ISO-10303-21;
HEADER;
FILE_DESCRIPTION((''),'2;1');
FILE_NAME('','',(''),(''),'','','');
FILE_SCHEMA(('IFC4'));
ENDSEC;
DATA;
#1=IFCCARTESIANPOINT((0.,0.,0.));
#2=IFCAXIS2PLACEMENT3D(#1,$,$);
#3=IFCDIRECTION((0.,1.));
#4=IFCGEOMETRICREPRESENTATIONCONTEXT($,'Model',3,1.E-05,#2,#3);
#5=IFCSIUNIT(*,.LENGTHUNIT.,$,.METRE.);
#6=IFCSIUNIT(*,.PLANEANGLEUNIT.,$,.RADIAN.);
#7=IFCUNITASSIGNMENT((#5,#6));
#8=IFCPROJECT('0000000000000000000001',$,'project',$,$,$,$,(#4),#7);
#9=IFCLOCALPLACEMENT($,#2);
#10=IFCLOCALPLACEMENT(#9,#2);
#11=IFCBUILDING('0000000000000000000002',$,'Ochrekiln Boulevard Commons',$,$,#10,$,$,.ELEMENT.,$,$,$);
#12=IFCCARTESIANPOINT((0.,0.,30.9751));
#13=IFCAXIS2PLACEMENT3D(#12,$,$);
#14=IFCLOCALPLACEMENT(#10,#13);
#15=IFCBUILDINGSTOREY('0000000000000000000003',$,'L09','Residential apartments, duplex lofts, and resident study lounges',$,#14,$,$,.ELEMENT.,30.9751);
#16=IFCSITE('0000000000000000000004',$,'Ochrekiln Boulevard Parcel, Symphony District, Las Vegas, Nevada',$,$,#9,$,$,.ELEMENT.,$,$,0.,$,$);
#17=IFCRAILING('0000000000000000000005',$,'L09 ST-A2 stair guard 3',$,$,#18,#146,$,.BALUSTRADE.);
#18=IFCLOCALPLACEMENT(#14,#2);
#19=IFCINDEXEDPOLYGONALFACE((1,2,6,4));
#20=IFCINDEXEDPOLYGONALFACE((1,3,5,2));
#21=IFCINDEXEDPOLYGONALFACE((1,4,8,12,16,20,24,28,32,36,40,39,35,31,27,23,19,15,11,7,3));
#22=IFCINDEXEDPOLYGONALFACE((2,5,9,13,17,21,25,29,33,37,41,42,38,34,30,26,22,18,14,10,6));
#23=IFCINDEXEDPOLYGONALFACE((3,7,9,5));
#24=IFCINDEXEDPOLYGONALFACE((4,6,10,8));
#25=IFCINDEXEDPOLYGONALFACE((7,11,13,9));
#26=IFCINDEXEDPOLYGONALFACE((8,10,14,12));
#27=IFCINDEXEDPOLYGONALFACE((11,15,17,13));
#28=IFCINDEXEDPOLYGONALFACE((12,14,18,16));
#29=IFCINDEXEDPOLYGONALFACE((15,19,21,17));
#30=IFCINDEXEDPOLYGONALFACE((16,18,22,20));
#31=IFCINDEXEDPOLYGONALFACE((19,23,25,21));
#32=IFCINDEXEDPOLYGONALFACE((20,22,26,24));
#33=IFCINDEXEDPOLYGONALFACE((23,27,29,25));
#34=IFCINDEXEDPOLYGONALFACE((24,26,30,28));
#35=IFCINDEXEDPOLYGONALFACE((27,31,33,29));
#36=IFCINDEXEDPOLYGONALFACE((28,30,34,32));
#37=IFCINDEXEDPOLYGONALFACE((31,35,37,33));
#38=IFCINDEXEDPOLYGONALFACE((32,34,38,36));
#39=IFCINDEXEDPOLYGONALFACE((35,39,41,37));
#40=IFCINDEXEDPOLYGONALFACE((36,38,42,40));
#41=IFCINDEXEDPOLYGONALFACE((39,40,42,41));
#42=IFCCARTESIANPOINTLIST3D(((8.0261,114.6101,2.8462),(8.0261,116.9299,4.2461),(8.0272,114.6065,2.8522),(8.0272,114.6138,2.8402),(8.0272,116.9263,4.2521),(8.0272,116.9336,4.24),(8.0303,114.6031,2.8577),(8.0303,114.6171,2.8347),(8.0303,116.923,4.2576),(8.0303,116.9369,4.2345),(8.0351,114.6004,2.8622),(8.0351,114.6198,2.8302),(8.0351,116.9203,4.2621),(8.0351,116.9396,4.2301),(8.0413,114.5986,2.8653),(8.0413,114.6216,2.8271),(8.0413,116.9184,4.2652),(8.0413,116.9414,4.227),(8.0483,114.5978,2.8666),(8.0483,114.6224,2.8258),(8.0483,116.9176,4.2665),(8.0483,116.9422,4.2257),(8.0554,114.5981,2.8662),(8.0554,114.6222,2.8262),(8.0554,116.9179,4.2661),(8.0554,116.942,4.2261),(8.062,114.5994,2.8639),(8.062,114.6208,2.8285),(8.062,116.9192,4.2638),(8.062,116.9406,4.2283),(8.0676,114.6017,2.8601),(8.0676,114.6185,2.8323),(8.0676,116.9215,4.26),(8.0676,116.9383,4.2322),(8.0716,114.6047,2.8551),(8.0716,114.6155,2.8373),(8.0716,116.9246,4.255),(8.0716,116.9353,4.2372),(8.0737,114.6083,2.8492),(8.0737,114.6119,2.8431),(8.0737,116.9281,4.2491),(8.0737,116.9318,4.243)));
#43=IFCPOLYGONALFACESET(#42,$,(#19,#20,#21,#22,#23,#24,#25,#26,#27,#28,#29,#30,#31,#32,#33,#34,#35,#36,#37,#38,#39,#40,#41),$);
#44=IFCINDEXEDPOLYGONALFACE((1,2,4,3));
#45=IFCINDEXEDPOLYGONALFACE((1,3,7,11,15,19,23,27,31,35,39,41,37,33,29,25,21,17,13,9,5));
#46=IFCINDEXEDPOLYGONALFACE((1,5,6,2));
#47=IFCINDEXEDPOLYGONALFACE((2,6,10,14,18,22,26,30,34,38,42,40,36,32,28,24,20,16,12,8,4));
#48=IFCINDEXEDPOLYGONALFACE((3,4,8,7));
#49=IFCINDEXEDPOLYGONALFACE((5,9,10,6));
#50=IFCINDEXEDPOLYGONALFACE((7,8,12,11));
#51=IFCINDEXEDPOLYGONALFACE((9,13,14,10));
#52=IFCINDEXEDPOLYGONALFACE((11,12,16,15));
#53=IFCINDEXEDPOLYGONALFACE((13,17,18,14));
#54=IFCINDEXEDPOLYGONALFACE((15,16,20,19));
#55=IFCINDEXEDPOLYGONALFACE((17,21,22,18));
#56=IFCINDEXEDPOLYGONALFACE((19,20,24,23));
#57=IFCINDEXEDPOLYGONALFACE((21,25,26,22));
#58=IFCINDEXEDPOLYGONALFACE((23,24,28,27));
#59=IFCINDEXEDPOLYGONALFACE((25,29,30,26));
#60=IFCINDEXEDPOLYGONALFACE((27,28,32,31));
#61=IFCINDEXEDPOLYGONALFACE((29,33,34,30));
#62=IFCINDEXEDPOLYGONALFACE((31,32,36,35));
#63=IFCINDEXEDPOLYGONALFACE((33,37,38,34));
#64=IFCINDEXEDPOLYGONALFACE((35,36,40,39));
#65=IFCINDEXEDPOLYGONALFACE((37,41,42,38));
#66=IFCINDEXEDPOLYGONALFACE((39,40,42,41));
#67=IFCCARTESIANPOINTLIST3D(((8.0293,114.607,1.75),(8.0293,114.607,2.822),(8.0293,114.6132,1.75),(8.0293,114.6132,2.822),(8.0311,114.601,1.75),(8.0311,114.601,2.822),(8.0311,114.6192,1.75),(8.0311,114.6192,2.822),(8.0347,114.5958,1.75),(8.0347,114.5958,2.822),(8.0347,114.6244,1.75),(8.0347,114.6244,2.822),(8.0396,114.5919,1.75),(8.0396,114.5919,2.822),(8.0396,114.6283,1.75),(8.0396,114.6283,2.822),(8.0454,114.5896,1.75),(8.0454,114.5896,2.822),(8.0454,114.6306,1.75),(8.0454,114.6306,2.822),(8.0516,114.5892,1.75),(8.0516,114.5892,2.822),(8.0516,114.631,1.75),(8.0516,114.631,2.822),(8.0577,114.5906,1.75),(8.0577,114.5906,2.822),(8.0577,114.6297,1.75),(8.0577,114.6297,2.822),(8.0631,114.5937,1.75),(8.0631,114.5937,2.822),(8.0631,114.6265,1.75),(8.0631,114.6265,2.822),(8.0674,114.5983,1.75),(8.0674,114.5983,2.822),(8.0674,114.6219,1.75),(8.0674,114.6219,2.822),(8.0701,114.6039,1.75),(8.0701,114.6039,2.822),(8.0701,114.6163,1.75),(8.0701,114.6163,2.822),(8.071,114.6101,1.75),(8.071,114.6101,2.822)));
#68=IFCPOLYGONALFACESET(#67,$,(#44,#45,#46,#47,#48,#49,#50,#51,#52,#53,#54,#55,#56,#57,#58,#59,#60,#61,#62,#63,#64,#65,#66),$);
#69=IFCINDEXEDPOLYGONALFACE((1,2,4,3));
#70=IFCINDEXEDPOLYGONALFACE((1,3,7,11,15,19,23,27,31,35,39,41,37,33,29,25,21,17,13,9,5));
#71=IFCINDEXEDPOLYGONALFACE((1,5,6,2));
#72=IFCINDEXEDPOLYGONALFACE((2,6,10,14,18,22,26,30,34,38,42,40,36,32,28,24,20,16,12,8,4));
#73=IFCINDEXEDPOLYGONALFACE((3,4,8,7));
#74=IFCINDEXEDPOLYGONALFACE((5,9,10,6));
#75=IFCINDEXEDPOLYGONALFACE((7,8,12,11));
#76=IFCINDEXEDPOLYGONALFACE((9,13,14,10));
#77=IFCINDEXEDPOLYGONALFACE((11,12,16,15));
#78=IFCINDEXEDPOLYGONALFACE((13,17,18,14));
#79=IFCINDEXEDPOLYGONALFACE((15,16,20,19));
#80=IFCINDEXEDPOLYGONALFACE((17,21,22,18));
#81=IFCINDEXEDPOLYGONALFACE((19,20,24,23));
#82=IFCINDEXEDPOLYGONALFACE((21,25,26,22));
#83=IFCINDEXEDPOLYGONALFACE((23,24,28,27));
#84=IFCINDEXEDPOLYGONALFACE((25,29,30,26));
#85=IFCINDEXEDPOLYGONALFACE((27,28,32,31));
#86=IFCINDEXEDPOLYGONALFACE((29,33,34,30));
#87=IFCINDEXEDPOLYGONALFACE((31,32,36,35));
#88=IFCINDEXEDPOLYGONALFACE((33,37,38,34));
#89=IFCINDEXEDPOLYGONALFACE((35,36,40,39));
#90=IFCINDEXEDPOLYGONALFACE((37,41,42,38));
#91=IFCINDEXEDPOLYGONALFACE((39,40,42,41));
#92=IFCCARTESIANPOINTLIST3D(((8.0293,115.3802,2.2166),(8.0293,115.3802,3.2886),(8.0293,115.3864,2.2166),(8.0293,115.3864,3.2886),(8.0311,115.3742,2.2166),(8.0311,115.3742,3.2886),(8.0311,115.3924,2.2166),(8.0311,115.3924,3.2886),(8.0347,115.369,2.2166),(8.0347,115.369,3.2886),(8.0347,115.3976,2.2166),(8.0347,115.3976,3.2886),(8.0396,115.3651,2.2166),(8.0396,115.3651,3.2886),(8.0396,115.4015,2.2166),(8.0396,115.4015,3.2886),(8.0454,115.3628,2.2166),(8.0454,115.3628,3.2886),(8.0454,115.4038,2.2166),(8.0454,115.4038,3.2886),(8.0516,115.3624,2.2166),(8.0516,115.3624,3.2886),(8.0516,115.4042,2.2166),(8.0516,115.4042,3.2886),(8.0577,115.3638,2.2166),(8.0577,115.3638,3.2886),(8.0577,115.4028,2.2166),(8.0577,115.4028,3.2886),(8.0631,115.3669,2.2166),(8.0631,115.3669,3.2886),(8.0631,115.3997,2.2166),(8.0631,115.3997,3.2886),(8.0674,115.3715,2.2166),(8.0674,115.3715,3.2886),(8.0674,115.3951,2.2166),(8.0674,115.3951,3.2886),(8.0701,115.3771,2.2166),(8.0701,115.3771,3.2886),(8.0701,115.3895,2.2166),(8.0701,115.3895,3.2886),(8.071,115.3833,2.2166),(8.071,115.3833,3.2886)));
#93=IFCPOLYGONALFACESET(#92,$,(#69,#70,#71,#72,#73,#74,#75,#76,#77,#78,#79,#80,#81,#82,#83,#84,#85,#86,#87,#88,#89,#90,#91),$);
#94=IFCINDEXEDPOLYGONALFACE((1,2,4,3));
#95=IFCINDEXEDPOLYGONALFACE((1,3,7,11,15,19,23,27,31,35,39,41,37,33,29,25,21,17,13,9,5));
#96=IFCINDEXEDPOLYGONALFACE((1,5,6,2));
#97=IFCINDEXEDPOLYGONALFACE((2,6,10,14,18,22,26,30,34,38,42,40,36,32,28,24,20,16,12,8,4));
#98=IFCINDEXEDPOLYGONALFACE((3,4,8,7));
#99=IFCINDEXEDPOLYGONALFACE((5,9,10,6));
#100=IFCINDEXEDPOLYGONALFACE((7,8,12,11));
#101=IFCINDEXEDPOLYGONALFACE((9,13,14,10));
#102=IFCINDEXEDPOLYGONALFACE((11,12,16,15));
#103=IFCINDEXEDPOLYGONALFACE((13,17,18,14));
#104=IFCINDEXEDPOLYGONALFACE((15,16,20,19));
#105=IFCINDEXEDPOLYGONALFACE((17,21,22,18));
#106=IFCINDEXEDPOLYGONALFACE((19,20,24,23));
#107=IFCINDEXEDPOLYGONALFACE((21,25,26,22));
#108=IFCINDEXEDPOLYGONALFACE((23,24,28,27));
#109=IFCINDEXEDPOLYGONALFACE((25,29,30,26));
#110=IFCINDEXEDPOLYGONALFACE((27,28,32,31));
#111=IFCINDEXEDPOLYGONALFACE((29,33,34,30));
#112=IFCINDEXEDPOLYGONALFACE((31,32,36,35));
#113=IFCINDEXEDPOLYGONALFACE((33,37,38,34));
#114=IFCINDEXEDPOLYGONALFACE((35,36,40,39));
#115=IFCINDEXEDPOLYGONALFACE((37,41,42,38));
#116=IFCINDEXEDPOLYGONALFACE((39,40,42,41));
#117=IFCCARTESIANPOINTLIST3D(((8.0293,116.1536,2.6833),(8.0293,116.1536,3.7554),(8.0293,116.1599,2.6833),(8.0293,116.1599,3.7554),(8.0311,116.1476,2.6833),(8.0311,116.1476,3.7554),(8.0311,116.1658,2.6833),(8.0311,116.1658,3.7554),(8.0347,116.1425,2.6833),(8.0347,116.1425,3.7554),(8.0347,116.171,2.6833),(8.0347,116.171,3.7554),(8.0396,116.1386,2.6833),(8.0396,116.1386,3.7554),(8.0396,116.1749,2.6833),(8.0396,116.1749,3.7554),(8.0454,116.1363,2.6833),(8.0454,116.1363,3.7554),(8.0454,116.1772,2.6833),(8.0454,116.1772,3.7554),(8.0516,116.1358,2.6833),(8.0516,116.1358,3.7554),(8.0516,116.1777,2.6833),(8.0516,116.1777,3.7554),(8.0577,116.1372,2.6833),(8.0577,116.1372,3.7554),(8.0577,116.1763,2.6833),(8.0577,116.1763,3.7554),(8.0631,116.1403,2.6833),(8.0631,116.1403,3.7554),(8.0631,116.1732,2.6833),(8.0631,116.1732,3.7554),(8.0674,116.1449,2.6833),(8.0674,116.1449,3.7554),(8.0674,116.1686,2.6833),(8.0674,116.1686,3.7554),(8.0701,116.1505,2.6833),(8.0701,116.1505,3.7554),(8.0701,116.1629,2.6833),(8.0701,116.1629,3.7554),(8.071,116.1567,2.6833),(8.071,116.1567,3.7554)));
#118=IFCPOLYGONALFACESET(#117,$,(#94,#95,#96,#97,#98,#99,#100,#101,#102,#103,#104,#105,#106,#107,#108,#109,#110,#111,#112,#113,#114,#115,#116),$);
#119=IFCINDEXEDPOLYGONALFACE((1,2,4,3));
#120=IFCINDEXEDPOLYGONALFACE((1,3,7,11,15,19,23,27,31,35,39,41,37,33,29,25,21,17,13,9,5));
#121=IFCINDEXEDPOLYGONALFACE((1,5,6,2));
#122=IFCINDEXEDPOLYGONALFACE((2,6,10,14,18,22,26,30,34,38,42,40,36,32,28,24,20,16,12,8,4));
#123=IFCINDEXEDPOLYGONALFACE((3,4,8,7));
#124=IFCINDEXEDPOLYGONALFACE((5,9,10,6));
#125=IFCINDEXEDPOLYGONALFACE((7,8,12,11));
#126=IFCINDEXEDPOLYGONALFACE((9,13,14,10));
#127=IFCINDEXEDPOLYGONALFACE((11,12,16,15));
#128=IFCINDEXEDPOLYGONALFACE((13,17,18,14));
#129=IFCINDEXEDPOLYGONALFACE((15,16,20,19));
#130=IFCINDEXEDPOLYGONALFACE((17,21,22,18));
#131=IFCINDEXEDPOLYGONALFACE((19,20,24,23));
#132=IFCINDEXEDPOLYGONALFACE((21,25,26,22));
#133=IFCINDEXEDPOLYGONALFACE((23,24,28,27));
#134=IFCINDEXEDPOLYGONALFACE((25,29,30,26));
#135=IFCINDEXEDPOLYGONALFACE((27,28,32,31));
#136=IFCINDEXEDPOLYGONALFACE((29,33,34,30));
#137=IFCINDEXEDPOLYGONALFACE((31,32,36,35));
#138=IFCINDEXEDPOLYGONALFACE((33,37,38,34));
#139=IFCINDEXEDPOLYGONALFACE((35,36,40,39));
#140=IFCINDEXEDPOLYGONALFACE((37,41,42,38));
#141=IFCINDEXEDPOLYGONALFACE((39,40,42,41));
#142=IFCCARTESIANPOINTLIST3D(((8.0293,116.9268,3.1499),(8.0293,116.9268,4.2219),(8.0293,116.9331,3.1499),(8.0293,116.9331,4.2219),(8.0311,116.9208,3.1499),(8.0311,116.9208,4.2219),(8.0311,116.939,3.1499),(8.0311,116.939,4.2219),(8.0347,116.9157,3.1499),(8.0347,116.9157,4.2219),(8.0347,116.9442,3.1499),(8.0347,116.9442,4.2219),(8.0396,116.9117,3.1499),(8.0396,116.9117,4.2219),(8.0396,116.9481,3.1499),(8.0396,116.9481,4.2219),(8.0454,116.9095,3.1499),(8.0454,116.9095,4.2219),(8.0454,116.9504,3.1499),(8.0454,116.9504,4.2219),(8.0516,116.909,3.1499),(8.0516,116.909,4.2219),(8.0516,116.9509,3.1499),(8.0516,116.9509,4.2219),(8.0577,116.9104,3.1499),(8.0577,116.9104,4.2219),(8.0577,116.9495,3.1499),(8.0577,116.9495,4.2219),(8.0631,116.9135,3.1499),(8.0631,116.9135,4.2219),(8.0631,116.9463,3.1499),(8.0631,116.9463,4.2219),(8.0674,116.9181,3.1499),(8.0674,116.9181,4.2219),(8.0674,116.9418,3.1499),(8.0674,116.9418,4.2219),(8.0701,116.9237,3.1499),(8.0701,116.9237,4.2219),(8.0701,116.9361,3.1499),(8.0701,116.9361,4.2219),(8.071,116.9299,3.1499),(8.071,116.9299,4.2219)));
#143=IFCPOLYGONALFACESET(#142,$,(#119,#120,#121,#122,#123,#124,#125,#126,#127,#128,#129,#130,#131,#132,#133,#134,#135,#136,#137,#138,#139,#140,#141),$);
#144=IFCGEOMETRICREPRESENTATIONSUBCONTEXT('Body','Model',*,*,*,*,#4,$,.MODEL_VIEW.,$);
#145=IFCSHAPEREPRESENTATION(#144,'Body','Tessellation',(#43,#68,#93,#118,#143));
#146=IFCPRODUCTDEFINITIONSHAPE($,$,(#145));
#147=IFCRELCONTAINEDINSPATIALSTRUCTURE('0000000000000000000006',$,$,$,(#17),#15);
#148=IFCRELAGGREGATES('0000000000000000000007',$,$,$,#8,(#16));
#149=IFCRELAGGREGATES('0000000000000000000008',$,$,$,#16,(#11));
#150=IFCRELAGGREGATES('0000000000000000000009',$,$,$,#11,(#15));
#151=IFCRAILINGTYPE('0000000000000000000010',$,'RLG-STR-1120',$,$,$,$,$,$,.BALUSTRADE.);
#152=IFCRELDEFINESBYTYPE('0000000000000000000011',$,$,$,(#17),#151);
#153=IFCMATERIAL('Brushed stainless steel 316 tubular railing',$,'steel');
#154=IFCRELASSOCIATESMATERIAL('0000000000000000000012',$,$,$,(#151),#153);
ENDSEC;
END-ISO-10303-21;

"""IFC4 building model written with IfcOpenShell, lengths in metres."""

from ifc_helpers import new_model, si_unit, direction, frame, origin, origin_2d, place, context, subcontext, project, spatial, circle, extrude, material, type_object, element, save


model = new_model("IFC4")

# Units and contexts
model_context = context("Model", 3, precision=1e-05, world=origin(), true_north=direction((0.0, 1.0)))
body_context = subcontext(model_context, "Body", "Model", "MODEL_VIEW")
ifc_project = project(units=[si_unit("LENGTHUNIT", "METRE"), si_unit("PLANEANGLEUNIT", "RADIAN")], contexts=[model_context])

# Site, building, storey
site_placement = place(None, origin())
site = spatial("IfcSite", under=ifc_project, at=site_placement, Name="Ochrekiln Boulevard Parcel, Symphony District, Las Vegas, Nevada", CompositionType="ELEMENT", RefElevation=0.0)
building_placement = place(site_placement, origin())
building = spatial("IfcBuilding", under=site, at=building_placement, Name="Ochrekiln Boulevard Commons", CompositionType="ELEMENT")
storey_placement = place(building_placement, frame((0.0, 0.0, 30.9751)))
storey = spatial("IfcBuildingStorey", under=building, at=storey_placement, Name="L09", Description="Residential apartments, duplex lofts, and resident study lounges", CompositionType="ELEMENT", Elevation=30.9751)

# Railing
ifc_material_1 = material(Name="Brushed stainless steel 316 tubular railing", Category="steel")
railing_type_1 = type_object("IfcRailingType", Name="RLG-STR-1120", PredefinedType="BALUSTRADE", material=ifc_material_1)
railing_1_placement = place(storey_placement, frame((8.05, 114.6101, 1.75)))
element("IfcRailing", 1, at=railing_1_placement, inside=storey, type_object=railing_type_1, Name="L09 ST-A2 stair guard 3", PredefinedType="BALUSTRADE", context=body_context, shape_type="SweptSolid", body=[
    extrude(circle(Radius=0.0239, at=origin_2d()), frame((0.0, 0.0, 1.0962), z_axis=(0.0, 0.856186, 0.516667), x_axis=(-1.0, 0.0, 0.0)), (0.0, 0.0, 1.0), 2.7095),
    extrude(circle(Radius=0.021, at=origin_2d()), origin(), (0.0, 0.0, 1.0), 1.072),
    extrude(circle(Radius=0.021, at=origin_2d()), frame((0.0, 0.7732, 0.4666)), (0.0, 0.0, 1.0), 1.072),
    extrude(circle(Radius=0.021, at=origin_2d()), frame((0.0, 1.5466, 0.9333)), (0.0, 0.0, 1.0), 1.072),
    extrude(circle(Radius=0.021, at=origin_2d()), frame((0.0, 2.3198, 1.3999)), (0.0, 0.0, 1.0), 1.072),
])

save(model, "model.ifc")
